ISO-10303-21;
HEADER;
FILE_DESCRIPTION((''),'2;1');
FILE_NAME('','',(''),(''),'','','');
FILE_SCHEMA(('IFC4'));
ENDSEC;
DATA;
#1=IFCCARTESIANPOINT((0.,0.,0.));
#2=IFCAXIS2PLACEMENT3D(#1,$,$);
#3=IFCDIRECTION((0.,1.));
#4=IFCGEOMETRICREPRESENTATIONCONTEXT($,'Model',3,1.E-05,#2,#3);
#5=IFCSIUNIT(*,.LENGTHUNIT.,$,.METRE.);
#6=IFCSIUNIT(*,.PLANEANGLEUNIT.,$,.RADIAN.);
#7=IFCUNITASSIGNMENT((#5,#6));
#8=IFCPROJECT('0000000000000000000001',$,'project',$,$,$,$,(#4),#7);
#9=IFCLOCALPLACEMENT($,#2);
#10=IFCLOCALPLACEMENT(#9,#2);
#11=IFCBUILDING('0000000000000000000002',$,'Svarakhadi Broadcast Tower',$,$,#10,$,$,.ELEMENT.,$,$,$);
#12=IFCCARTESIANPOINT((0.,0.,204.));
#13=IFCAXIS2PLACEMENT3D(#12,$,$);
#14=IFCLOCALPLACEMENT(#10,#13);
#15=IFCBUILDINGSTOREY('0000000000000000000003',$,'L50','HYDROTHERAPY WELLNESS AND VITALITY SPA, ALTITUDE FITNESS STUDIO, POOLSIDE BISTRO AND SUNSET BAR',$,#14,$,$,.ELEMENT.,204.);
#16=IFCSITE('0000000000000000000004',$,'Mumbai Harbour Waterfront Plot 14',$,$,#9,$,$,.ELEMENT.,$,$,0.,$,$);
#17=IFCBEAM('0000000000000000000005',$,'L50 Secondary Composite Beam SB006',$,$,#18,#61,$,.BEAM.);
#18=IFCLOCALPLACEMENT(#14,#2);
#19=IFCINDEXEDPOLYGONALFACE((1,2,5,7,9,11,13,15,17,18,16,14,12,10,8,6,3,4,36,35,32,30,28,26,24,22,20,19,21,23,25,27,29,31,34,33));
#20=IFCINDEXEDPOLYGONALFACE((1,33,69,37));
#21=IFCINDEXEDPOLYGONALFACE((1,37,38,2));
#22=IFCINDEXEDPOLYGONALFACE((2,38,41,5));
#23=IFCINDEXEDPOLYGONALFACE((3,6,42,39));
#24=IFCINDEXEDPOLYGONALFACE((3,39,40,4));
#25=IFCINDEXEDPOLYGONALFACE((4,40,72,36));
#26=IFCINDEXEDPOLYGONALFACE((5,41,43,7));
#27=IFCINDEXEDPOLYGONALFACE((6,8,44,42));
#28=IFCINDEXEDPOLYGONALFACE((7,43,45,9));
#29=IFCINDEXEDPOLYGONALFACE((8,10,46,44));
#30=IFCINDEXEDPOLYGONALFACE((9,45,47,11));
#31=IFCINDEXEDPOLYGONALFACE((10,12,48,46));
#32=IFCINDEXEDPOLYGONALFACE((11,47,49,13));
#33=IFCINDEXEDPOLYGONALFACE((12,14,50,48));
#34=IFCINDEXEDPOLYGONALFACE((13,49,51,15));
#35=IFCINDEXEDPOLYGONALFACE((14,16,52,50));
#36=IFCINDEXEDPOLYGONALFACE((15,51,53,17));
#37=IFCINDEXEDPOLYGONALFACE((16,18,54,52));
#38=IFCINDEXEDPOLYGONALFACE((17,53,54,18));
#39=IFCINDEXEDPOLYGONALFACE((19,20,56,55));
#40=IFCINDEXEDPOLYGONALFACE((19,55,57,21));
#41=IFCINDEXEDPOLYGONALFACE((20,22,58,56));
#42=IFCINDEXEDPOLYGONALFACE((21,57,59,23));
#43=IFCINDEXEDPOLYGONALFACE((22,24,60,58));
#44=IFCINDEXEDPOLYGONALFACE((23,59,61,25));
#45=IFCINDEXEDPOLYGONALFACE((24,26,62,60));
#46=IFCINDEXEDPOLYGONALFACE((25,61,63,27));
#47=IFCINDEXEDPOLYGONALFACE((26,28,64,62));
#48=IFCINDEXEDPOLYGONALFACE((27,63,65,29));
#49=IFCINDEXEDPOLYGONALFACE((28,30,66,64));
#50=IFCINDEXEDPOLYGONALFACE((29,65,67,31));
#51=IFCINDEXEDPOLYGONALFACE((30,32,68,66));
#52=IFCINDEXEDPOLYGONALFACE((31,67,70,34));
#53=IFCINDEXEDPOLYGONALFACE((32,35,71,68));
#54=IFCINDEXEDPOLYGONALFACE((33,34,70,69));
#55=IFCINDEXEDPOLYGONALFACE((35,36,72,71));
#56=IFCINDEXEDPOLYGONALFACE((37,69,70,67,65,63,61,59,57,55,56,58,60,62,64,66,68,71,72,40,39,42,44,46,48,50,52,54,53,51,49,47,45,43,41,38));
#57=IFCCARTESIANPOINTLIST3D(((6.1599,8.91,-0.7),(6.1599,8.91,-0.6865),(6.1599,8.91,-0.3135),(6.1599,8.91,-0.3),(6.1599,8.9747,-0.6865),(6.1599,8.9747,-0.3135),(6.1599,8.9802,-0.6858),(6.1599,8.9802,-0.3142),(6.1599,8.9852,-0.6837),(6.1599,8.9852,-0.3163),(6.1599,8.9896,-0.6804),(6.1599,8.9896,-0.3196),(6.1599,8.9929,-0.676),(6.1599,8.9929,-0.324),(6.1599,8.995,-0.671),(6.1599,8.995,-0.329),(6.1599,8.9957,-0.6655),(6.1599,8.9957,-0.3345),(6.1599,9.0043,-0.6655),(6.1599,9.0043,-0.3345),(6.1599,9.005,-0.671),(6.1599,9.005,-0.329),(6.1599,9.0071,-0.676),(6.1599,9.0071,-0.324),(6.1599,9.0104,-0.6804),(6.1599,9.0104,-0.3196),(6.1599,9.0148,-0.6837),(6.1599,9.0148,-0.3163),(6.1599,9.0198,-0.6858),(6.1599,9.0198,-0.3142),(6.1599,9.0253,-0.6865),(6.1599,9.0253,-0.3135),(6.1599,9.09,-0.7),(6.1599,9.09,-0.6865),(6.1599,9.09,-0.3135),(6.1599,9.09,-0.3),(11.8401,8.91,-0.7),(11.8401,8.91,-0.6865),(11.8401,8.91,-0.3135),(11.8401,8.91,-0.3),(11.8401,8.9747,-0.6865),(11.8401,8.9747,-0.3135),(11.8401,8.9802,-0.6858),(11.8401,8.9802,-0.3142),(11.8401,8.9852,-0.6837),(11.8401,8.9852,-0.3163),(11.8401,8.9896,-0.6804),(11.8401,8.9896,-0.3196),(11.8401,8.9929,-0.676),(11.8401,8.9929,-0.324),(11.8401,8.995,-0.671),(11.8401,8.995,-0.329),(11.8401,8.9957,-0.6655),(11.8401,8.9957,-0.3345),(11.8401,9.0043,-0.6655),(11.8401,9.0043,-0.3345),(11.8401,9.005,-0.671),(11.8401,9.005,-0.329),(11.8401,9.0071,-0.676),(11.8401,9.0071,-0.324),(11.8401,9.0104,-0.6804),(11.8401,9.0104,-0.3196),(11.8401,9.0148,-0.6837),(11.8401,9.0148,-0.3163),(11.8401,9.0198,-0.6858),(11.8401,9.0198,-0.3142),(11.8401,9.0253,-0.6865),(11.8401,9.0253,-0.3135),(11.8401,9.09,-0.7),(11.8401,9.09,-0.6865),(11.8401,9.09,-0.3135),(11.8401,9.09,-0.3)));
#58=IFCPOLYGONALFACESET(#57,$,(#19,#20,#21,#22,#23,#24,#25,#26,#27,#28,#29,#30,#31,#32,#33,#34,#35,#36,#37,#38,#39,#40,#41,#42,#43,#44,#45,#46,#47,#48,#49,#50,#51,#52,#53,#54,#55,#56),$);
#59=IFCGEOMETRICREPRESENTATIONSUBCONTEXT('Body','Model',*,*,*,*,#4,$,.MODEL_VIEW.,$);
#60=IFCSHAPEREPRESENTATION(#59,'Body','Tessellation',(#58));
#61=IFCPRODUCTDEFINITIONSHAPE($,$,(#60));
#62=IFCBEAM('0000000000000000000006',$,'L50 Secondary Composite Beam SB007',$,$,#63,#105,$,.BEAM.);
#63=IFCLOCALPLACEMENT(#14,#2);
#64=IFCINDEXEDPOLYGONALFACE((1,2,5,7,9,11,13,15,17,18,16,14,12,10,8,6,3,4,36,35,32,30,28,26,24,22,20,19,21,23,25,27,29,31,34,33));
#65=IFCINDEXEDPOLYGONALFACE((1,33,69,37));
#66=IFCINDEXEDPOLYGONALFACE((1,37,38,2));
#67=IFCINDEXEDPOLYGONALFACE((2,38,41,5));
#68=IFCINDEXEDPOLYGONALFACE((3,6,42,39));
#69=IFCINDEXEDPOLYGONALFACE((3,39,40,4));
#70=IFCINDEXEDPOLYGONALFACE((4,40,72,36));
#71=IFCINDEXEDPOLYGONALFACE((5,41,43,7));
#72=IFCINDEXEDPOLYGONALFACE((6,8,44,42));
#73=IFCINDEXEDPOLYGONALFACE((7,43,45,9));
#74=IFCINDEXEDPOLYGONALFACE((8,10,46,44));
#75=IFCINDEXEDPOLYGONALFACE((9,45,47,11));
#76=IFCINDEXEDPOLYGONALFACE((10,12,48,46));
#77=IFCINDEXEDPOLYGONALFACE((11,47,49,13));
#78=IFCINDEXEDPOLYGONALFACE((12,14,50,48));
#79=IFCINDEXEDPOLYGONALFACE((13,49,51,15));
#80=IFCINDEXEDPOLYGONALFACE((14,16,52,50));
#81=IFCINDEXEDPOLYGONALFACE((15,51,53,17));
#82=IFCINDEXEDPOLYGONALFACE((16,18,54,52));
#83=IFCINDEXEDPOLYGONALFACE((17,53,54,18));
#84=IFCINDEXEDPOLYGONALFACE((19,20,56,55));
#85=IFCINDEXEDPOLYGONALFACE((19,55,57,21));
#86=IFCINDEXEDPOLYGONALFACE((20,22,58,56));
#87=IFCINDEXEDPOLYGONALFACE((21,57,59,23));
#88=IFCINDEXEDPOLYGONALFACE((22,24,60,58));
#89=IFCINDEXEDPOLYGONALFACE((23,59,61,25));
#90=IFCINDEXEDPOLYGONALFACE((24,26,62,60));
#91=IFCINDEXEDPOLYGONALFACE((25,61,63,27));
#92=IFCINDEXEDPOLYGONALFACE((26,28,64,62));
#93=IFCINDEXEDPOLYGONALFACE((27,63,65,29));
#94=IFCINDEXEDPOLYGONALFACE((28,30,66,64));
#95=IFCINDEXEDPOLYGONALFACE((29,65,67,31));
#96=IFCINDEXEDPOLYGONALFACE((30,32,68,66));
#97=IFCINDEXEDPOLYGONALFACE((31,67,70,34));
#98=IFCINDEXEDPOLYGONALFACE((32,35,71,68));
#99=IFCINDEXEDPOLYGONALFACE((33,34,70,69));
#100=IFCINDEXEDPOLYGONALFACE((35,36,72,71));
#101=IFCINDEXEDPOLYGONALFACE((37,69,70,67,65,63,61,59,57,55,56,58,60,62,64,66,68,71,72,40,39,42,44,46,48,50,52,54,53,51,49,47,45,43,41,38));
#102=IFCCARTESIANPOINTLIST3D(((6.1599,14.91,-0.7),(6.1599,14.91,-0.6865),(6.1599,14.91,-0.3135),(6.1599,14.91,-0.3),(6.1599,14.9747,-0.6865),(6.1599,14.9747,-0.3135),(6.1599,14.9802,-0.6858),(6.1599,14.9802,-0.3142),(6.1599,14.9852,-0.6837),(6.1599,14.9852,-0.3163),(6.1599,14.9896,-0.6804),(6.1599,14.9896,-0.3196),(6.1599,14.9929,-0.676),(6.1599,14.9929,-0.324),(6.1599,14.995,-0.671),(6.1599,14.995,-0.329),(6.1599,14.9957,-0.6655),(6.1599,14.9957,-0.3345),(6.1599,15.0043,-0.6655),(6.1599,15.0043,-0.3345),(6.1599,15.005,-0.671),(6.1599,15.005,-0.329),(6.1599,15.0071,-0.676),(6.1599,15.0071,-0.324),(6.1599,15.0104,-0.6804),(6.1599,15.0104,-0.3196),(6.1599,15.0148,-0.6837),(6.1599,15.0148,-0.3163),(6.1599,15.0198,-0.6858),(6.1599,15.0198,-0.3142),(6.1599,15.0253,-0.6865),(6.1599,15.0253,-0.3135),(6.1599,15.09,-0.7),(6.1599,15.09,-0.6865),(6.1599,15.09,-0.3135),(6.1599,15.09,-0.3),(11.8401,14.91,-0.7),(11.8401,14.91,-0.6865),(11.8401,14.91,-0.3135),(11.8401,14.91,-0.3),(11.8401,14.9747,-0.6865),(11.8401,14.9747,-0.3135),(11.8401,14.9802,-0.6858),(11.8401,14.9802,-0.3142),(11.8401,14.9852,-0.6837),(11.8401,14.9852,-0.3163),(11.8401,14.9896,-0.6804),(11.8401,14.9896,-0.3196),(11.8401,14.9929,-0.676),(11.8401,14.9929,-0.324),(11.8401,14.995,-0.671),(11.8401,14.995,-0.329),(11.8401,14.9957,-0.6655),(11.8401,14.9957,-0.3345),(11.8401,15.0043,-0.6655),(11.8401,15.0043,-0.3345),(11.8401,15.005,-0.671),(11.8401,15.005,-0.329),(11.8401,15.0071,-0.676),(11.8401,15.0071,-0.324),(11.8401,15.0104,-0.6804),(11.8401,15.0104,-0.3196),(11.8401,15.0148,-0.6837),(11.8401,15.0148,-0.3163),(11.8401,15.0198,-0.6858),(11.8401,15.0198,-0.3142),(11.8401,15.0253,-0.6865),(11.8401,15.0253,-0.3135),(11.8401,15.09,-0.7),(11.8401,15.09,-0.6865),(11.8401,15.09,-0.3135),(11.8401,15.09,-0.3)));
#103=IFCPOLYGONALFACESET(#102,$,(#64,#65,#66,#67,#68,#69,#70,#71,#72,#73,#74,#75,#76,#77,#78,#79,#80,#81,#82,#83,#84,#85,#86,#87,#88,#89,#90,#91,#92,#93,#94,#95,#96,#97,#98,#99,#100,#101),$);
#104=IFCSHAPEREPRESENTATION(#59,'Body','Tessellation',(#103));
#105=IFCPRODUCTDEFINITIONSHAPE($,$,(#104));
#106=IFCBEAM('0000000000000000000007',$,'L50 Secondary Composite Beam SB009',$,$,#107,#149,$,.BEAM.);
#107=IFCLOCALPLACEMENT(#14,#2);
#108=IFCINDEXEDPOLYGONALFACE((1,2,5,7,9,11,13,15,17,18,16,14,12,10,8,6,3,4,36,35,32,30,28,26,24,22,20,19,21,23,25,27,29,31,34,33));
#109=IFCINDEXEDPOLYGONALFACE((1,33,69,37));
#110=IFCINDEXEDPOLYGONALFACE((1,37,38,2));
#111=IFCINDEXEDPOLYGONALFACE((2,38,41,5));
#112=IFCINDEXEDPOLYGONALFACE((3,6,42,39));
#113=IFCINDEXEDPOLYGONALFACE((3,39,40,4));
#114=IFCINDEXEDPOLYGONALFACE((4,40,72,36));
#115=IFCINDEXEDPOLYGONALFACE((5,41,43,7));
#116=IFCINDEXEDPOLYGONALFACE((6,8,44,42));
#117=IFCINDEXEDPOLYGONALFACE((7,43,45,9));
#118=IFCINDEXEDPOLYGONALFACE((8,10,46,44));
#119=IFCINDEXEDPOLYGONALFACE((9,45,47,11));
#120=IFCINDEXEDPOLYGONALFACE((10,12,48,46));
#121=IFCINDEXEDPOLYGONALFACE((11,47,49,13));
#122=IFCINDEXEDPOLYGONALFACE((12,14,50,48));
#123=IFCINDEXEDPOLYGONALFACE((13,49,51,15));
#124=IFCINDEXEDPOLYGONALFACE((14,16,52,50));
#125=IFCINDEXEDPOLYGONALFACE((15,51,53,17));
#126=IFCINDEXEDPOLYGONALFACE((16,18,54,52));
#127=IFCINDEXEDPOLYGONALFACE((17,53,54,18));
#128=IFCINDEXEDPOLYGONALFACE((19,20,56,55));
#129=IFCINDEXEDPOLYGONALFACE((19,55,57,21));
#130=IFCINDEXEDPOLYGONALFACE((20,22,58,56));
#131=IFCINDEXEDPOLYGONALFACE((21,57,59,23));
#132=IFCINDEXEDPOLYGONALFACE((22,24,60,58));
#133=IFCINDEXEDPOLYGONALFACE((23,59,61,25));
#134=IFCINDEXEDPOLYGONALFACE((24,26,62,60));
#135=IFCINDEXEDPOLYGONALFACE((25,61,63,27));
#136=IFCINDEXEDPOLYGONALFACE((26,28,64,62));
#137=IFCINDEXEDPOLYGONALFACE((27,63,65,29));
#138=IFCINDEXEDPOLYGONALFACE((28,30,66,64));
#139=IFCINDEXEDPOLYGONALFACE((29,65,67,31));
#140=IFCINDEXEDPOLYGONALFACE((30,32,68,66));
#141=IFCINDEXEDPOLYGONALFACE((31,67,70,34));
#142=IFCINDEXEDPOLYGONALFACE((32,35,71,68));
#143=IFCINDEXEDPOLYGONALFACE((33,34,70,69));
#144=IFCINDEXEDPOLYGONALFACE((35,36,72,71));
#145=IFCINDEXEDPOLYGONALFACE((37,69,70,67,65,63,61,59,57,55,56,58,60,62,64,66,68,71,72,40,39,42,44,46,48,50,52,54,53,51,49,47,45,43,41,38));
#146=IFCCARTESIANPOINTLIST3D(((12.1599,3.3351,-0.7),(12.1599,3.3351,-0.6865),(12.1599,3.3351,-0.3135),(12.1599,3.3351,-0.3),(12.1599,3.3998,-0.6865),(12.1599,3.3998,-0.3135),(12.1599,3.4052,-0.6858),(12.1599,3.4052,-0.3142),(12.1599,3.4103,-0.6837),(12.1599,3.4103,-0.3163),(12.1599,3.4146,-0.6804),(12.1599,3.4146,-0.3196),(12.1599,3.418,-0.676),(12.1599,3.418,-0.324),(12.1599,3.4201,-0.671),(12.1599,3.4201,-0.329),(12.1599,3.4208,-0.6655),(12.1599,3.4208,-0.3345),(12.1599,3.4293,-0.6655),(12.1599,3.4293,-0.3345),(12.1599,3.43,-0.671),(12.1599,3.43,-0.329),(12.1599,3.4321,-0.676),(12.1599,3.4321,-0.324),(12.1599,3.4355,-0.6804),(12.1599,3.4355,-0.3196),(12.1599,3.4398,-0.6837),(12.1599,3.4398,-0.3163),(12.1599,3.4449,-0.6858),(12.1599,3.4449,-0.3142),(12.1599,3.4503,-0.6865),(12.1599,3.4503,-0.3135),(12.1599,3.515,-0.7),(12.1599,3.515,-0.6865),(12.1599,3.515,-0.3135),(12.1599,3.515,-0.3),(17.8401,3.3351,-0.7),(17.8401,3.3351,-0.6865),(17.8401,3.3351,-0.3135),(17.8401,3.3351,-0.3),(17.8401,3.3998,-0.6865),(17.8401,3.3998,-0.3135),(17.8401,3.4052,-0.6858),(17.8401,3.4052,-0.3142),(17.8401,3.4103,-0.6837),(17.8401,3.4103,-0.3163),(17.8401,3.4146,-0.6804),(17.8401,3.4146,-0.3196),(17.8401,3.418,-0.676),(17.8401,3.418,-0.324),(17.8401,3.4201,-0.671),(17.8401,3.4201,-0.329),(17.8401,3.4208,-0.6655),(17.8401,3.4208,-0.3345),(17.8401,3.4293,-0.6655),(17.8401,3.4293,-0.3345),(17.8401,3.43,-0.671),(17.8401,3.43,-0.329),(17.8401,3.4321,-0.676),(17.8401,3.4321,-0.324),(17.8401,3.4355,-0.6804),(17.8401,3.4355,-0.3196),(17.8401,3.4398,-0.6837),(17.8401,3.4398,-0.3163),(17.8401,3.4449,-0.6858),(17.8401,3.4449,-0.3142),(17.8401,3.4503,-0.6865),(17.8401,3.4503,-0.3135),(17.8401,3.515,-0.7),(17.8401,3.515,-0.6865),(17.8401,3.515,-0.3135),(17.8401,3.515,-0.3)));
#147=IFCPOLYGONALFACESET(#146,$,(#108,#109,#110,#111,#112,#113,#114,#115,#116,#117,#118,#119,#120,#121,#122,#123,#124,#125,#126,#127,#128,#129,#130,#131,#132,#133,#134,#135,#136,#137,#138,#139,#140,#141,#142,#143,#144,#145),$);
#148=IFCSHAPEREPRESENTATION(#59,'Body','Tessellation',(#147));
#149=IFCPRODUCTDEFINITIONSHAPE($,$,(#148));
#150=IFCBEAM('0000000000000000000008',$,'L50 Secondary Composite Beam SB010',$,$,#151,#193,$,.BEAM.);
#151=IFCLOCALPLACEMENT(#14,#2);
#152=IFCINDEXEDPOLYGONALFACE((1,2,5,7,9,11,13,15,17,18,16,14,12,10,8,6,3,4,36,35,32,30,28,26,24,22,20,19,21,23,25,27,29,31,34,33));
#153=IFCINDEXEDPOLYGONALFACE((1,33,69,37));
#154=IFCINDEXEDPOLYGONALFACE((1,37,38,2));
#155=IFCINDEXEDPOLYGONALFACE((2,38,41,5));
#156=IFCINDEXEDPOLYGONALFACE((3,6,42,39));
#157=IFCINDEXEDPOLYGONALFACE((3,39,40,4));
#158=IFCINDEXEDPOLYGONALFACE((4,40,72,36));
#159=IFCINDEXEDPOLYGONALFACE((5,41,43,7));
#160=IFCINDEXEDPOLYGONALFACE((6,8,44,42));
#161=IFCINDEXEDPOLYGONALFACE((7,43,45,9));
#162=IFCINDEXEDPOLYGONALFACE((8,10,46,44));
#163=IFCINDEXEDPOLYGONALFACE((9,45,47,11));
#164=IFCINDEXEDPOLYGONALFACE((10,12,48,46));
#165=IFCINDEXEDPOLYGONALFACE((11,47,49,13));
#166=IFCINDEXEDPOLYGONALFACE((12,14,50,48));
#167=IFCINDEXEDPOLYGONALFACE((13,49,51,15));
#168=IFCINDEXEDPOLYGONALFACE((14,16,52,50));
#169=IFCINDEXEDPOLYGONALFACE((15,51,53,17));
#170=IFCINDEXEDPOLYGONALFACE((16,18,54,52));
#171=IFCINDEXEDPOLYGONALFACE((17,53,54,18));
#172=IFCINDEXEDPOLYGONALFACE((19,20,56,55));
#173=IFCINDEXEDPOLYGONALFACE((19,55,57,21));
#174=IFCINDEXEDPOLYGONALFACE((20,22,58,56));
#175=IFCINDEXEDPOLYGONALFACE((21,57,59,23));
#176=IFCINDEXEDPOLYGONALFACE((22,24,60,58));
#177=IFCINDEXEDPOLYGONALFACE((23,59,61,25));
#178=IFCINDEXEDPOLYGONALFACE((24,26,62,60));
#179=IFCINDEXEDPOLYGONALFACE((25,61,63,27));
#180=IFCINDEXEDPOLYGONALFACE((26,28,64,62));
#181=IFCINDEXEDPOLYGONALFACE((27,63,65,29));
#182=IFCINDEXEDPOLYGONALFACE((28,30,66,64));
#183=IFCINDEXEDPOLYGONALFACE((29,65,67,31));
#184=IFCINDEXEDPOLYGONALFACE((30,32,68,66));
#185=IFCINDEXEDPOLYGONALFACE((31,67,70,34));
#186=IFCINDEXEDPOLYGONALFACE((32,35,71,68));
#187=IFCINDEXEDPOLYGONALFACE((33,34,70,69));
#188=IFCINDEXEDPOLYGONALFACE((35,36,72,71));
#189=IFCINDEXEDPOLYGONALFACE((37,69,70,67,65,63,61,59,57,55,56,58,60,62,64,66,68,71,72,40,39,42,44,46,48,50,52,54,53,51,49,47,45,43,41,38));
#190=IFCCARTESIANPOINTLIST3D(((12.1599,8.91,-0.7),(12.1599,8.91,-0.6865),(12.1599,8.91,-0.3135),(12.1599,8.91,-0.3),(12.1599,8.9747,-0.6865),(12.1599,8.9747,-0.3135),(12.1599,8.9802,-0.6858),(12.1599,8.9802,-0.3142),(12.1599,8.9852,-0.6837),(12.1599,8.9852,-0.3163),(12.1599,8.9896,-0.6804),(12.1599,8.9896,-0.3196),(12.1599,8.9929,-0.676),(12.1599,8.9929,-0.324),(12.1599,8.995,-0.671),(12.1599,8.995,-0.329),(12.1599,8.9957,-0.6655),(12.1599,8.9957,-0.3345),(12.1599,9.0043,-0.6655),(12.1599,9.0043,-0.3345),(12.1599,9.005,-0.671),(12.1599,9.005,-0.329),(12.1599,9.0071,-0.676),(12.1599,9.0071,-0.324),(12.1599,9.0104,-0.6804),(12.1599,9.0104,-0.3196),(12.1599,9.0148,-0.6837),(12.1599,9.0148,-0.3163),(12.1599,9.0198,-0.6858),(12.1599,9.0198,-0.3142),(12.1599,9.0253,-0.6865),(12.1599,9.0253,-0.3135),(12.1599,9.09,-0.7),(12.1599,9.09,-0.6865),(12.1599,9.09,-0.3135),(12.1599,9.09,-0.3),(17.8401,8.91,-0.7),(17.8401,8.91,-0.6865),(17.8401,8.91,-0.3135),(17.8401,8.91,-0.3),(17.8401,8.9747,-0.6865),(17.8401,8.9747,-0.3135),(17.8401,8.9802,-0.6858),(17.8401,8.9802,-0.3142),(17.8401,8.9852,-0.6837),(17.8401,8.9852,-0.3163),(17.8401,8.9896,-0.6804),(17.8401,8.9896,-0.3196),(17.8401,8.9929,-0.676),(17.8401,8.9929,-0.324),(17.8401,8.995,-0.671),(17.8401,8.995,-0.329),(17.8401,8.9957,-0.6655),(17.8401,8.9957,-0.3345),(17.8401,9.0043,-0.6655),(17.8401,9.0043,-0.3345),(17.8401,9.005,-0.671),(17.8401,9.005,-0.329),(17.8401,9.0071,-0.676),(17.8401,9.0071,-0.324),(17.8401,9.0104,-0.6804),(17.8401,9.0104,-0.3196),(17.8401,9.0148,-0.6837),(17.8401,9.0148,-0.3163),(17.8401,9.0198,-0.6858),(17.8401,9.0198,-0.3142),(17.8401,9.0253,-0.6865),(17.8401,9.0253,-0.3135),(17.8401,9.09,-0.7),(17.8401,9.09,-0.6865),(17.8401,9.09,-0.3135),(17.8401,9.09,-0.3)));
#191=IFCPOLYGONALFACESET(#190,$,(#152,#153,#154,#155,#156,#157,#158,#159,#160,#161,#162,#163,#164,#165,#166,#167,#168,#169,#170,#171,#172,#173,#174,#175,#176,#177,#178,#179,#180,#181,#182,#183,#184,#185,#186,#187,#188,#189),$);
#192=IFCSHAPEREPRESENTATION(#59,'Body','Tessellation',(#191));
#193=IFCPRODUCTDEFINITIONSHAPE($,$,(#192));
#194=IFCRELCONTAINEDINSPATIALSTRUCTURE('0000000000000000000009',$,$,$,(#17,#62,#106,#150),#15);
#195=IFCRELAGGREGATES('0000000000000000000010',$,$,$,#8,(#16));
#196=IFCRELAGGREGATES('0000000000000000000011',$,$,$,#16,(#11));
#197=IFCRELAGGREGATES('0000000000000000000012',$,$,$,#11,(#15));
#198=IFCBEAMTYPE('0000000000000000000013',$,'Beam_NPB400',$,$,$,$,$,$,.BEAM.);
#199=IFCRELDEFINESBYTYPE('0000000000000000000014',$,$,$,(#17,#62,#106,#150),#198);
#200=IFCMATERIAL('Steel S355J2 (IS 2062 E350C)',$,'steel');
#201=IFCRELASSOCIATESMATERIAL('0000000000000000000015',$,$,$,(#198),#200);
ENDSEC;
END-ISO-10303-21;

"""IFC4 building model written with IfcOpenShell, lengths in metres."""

from ifc_helpers import new_model, si_unit, direction, frame, origin, origin_2d, place, context, subcontext, project, spatial, i_section, extrude, material, material_profile, profile_set, type_object, element, save


model = new_model("IFC4")

# Units and contexts
model_context = context("Model", 3, precision=1e-05, world=origin(), true_north=direction((0.0, 1.0)))
body_context = subcontext(model_context, "Body", "Model", "MODEL_VIEW")
ifc_project = project(units=[si_unit("LENGTHUNIT", "METRE"), si_unit("PLANEANGLEUNIT", "RADIAN")], contexts=[model_context])

# Site, building, storey
site_placement = place(None, origin())
site = spatial("IfcSite", under=ifc_project, at=site_placement, Name="Mumbai Harbour Waterfront Plot 14", CompositionType="ELEMENT", RefElevation=0.0)
building_placement = place(site_placement, origin())
building = spatial("IfcBuilding", under=site, at=building_placement, Name="Svarakhadi Broadcast Tower", CompositionType="ELEMENT")
storey_placement = place(building_placement, frame((0.0, 0.0, 204.0)))
storey = spatial("IfcBuildingStorey", under=building, at=storey_placement, Name="L50", Description="HYDROTHERAPY WELLNESS AND VITALITY SPA, ALTITUDE FITNESS STUDIO, POOLSIDE BISTRO AND SUNSET BAR", CompositionType="ELEMENT", Elevation=204.0)

# Beams
ifc_material_1 = material(Name="Steel S355J2 (IS 2062 E350C)", Category="steel")
ifc_material_profile_1 = material_profile(ifc_material_1, i_section(OverallWidth=0.1799, OverallDepth=0.3999, WebThickness=0.0085, FlangeThickness=0.0134, FilletRadius=0.021, at=origin_2d()), Name="NPB 400x180x66")
ifc_profile_set_1 = profile_set([ifc_material_profile_1], Name="Steel S355J2 (IS 2062 E350C)")
beam_type_1 = type_object("IfcBeamType", Name="Beam_NPB400", PredefinedType="BEAM", material=ifc_profile_set_1)
for number, where, z_axis, x_axis, name in (
    (1, (6.1599, 9.0, -0.5), (1.0, 0.0, 0.0), (0.0, 1.0, 0.0), "L50 Secondary Composite Beam SB006"),
    (2, (6.1599, 15.0, -0.5), (1.0, 0.0, 0.0), (0.0, 1.0, 0.0), "L50 Secondary Composite Beam SB007"),
    (3, (12.1599, 3.425, -0.5), (1.0, 0.0, 0.0), (0.0, 1.0, 0.0), "L50 Secondary Composite Beam SB009"),
    (4, (12.1599, 9.0, -0.5), (1.0, 0.0, 0.0), (0.0, 1.0, 0.0), "L50 Secondary Composite Beam SB010"),
):
    element("IfcBeam", number, at=place(storey_placement, frame(where, z_axis=z_axis, x_axis=x_axis)), inside=storey, type_object=beam_type_1, Name=name, PredefinedType="BEAM", context=body_context, shape_type="SweptSolid", body=[
        extrude(i_section(OverallWidth=0.1799, OverallDepth=0.3999, WebThickness=0.0085, FlangeThickness=0.0134, FilletRadius=0.021, at=origin_2d()), origin(), (0.0, 0.0, 1.0), 5.6802),
    ])

save(model, "model.ifc")
